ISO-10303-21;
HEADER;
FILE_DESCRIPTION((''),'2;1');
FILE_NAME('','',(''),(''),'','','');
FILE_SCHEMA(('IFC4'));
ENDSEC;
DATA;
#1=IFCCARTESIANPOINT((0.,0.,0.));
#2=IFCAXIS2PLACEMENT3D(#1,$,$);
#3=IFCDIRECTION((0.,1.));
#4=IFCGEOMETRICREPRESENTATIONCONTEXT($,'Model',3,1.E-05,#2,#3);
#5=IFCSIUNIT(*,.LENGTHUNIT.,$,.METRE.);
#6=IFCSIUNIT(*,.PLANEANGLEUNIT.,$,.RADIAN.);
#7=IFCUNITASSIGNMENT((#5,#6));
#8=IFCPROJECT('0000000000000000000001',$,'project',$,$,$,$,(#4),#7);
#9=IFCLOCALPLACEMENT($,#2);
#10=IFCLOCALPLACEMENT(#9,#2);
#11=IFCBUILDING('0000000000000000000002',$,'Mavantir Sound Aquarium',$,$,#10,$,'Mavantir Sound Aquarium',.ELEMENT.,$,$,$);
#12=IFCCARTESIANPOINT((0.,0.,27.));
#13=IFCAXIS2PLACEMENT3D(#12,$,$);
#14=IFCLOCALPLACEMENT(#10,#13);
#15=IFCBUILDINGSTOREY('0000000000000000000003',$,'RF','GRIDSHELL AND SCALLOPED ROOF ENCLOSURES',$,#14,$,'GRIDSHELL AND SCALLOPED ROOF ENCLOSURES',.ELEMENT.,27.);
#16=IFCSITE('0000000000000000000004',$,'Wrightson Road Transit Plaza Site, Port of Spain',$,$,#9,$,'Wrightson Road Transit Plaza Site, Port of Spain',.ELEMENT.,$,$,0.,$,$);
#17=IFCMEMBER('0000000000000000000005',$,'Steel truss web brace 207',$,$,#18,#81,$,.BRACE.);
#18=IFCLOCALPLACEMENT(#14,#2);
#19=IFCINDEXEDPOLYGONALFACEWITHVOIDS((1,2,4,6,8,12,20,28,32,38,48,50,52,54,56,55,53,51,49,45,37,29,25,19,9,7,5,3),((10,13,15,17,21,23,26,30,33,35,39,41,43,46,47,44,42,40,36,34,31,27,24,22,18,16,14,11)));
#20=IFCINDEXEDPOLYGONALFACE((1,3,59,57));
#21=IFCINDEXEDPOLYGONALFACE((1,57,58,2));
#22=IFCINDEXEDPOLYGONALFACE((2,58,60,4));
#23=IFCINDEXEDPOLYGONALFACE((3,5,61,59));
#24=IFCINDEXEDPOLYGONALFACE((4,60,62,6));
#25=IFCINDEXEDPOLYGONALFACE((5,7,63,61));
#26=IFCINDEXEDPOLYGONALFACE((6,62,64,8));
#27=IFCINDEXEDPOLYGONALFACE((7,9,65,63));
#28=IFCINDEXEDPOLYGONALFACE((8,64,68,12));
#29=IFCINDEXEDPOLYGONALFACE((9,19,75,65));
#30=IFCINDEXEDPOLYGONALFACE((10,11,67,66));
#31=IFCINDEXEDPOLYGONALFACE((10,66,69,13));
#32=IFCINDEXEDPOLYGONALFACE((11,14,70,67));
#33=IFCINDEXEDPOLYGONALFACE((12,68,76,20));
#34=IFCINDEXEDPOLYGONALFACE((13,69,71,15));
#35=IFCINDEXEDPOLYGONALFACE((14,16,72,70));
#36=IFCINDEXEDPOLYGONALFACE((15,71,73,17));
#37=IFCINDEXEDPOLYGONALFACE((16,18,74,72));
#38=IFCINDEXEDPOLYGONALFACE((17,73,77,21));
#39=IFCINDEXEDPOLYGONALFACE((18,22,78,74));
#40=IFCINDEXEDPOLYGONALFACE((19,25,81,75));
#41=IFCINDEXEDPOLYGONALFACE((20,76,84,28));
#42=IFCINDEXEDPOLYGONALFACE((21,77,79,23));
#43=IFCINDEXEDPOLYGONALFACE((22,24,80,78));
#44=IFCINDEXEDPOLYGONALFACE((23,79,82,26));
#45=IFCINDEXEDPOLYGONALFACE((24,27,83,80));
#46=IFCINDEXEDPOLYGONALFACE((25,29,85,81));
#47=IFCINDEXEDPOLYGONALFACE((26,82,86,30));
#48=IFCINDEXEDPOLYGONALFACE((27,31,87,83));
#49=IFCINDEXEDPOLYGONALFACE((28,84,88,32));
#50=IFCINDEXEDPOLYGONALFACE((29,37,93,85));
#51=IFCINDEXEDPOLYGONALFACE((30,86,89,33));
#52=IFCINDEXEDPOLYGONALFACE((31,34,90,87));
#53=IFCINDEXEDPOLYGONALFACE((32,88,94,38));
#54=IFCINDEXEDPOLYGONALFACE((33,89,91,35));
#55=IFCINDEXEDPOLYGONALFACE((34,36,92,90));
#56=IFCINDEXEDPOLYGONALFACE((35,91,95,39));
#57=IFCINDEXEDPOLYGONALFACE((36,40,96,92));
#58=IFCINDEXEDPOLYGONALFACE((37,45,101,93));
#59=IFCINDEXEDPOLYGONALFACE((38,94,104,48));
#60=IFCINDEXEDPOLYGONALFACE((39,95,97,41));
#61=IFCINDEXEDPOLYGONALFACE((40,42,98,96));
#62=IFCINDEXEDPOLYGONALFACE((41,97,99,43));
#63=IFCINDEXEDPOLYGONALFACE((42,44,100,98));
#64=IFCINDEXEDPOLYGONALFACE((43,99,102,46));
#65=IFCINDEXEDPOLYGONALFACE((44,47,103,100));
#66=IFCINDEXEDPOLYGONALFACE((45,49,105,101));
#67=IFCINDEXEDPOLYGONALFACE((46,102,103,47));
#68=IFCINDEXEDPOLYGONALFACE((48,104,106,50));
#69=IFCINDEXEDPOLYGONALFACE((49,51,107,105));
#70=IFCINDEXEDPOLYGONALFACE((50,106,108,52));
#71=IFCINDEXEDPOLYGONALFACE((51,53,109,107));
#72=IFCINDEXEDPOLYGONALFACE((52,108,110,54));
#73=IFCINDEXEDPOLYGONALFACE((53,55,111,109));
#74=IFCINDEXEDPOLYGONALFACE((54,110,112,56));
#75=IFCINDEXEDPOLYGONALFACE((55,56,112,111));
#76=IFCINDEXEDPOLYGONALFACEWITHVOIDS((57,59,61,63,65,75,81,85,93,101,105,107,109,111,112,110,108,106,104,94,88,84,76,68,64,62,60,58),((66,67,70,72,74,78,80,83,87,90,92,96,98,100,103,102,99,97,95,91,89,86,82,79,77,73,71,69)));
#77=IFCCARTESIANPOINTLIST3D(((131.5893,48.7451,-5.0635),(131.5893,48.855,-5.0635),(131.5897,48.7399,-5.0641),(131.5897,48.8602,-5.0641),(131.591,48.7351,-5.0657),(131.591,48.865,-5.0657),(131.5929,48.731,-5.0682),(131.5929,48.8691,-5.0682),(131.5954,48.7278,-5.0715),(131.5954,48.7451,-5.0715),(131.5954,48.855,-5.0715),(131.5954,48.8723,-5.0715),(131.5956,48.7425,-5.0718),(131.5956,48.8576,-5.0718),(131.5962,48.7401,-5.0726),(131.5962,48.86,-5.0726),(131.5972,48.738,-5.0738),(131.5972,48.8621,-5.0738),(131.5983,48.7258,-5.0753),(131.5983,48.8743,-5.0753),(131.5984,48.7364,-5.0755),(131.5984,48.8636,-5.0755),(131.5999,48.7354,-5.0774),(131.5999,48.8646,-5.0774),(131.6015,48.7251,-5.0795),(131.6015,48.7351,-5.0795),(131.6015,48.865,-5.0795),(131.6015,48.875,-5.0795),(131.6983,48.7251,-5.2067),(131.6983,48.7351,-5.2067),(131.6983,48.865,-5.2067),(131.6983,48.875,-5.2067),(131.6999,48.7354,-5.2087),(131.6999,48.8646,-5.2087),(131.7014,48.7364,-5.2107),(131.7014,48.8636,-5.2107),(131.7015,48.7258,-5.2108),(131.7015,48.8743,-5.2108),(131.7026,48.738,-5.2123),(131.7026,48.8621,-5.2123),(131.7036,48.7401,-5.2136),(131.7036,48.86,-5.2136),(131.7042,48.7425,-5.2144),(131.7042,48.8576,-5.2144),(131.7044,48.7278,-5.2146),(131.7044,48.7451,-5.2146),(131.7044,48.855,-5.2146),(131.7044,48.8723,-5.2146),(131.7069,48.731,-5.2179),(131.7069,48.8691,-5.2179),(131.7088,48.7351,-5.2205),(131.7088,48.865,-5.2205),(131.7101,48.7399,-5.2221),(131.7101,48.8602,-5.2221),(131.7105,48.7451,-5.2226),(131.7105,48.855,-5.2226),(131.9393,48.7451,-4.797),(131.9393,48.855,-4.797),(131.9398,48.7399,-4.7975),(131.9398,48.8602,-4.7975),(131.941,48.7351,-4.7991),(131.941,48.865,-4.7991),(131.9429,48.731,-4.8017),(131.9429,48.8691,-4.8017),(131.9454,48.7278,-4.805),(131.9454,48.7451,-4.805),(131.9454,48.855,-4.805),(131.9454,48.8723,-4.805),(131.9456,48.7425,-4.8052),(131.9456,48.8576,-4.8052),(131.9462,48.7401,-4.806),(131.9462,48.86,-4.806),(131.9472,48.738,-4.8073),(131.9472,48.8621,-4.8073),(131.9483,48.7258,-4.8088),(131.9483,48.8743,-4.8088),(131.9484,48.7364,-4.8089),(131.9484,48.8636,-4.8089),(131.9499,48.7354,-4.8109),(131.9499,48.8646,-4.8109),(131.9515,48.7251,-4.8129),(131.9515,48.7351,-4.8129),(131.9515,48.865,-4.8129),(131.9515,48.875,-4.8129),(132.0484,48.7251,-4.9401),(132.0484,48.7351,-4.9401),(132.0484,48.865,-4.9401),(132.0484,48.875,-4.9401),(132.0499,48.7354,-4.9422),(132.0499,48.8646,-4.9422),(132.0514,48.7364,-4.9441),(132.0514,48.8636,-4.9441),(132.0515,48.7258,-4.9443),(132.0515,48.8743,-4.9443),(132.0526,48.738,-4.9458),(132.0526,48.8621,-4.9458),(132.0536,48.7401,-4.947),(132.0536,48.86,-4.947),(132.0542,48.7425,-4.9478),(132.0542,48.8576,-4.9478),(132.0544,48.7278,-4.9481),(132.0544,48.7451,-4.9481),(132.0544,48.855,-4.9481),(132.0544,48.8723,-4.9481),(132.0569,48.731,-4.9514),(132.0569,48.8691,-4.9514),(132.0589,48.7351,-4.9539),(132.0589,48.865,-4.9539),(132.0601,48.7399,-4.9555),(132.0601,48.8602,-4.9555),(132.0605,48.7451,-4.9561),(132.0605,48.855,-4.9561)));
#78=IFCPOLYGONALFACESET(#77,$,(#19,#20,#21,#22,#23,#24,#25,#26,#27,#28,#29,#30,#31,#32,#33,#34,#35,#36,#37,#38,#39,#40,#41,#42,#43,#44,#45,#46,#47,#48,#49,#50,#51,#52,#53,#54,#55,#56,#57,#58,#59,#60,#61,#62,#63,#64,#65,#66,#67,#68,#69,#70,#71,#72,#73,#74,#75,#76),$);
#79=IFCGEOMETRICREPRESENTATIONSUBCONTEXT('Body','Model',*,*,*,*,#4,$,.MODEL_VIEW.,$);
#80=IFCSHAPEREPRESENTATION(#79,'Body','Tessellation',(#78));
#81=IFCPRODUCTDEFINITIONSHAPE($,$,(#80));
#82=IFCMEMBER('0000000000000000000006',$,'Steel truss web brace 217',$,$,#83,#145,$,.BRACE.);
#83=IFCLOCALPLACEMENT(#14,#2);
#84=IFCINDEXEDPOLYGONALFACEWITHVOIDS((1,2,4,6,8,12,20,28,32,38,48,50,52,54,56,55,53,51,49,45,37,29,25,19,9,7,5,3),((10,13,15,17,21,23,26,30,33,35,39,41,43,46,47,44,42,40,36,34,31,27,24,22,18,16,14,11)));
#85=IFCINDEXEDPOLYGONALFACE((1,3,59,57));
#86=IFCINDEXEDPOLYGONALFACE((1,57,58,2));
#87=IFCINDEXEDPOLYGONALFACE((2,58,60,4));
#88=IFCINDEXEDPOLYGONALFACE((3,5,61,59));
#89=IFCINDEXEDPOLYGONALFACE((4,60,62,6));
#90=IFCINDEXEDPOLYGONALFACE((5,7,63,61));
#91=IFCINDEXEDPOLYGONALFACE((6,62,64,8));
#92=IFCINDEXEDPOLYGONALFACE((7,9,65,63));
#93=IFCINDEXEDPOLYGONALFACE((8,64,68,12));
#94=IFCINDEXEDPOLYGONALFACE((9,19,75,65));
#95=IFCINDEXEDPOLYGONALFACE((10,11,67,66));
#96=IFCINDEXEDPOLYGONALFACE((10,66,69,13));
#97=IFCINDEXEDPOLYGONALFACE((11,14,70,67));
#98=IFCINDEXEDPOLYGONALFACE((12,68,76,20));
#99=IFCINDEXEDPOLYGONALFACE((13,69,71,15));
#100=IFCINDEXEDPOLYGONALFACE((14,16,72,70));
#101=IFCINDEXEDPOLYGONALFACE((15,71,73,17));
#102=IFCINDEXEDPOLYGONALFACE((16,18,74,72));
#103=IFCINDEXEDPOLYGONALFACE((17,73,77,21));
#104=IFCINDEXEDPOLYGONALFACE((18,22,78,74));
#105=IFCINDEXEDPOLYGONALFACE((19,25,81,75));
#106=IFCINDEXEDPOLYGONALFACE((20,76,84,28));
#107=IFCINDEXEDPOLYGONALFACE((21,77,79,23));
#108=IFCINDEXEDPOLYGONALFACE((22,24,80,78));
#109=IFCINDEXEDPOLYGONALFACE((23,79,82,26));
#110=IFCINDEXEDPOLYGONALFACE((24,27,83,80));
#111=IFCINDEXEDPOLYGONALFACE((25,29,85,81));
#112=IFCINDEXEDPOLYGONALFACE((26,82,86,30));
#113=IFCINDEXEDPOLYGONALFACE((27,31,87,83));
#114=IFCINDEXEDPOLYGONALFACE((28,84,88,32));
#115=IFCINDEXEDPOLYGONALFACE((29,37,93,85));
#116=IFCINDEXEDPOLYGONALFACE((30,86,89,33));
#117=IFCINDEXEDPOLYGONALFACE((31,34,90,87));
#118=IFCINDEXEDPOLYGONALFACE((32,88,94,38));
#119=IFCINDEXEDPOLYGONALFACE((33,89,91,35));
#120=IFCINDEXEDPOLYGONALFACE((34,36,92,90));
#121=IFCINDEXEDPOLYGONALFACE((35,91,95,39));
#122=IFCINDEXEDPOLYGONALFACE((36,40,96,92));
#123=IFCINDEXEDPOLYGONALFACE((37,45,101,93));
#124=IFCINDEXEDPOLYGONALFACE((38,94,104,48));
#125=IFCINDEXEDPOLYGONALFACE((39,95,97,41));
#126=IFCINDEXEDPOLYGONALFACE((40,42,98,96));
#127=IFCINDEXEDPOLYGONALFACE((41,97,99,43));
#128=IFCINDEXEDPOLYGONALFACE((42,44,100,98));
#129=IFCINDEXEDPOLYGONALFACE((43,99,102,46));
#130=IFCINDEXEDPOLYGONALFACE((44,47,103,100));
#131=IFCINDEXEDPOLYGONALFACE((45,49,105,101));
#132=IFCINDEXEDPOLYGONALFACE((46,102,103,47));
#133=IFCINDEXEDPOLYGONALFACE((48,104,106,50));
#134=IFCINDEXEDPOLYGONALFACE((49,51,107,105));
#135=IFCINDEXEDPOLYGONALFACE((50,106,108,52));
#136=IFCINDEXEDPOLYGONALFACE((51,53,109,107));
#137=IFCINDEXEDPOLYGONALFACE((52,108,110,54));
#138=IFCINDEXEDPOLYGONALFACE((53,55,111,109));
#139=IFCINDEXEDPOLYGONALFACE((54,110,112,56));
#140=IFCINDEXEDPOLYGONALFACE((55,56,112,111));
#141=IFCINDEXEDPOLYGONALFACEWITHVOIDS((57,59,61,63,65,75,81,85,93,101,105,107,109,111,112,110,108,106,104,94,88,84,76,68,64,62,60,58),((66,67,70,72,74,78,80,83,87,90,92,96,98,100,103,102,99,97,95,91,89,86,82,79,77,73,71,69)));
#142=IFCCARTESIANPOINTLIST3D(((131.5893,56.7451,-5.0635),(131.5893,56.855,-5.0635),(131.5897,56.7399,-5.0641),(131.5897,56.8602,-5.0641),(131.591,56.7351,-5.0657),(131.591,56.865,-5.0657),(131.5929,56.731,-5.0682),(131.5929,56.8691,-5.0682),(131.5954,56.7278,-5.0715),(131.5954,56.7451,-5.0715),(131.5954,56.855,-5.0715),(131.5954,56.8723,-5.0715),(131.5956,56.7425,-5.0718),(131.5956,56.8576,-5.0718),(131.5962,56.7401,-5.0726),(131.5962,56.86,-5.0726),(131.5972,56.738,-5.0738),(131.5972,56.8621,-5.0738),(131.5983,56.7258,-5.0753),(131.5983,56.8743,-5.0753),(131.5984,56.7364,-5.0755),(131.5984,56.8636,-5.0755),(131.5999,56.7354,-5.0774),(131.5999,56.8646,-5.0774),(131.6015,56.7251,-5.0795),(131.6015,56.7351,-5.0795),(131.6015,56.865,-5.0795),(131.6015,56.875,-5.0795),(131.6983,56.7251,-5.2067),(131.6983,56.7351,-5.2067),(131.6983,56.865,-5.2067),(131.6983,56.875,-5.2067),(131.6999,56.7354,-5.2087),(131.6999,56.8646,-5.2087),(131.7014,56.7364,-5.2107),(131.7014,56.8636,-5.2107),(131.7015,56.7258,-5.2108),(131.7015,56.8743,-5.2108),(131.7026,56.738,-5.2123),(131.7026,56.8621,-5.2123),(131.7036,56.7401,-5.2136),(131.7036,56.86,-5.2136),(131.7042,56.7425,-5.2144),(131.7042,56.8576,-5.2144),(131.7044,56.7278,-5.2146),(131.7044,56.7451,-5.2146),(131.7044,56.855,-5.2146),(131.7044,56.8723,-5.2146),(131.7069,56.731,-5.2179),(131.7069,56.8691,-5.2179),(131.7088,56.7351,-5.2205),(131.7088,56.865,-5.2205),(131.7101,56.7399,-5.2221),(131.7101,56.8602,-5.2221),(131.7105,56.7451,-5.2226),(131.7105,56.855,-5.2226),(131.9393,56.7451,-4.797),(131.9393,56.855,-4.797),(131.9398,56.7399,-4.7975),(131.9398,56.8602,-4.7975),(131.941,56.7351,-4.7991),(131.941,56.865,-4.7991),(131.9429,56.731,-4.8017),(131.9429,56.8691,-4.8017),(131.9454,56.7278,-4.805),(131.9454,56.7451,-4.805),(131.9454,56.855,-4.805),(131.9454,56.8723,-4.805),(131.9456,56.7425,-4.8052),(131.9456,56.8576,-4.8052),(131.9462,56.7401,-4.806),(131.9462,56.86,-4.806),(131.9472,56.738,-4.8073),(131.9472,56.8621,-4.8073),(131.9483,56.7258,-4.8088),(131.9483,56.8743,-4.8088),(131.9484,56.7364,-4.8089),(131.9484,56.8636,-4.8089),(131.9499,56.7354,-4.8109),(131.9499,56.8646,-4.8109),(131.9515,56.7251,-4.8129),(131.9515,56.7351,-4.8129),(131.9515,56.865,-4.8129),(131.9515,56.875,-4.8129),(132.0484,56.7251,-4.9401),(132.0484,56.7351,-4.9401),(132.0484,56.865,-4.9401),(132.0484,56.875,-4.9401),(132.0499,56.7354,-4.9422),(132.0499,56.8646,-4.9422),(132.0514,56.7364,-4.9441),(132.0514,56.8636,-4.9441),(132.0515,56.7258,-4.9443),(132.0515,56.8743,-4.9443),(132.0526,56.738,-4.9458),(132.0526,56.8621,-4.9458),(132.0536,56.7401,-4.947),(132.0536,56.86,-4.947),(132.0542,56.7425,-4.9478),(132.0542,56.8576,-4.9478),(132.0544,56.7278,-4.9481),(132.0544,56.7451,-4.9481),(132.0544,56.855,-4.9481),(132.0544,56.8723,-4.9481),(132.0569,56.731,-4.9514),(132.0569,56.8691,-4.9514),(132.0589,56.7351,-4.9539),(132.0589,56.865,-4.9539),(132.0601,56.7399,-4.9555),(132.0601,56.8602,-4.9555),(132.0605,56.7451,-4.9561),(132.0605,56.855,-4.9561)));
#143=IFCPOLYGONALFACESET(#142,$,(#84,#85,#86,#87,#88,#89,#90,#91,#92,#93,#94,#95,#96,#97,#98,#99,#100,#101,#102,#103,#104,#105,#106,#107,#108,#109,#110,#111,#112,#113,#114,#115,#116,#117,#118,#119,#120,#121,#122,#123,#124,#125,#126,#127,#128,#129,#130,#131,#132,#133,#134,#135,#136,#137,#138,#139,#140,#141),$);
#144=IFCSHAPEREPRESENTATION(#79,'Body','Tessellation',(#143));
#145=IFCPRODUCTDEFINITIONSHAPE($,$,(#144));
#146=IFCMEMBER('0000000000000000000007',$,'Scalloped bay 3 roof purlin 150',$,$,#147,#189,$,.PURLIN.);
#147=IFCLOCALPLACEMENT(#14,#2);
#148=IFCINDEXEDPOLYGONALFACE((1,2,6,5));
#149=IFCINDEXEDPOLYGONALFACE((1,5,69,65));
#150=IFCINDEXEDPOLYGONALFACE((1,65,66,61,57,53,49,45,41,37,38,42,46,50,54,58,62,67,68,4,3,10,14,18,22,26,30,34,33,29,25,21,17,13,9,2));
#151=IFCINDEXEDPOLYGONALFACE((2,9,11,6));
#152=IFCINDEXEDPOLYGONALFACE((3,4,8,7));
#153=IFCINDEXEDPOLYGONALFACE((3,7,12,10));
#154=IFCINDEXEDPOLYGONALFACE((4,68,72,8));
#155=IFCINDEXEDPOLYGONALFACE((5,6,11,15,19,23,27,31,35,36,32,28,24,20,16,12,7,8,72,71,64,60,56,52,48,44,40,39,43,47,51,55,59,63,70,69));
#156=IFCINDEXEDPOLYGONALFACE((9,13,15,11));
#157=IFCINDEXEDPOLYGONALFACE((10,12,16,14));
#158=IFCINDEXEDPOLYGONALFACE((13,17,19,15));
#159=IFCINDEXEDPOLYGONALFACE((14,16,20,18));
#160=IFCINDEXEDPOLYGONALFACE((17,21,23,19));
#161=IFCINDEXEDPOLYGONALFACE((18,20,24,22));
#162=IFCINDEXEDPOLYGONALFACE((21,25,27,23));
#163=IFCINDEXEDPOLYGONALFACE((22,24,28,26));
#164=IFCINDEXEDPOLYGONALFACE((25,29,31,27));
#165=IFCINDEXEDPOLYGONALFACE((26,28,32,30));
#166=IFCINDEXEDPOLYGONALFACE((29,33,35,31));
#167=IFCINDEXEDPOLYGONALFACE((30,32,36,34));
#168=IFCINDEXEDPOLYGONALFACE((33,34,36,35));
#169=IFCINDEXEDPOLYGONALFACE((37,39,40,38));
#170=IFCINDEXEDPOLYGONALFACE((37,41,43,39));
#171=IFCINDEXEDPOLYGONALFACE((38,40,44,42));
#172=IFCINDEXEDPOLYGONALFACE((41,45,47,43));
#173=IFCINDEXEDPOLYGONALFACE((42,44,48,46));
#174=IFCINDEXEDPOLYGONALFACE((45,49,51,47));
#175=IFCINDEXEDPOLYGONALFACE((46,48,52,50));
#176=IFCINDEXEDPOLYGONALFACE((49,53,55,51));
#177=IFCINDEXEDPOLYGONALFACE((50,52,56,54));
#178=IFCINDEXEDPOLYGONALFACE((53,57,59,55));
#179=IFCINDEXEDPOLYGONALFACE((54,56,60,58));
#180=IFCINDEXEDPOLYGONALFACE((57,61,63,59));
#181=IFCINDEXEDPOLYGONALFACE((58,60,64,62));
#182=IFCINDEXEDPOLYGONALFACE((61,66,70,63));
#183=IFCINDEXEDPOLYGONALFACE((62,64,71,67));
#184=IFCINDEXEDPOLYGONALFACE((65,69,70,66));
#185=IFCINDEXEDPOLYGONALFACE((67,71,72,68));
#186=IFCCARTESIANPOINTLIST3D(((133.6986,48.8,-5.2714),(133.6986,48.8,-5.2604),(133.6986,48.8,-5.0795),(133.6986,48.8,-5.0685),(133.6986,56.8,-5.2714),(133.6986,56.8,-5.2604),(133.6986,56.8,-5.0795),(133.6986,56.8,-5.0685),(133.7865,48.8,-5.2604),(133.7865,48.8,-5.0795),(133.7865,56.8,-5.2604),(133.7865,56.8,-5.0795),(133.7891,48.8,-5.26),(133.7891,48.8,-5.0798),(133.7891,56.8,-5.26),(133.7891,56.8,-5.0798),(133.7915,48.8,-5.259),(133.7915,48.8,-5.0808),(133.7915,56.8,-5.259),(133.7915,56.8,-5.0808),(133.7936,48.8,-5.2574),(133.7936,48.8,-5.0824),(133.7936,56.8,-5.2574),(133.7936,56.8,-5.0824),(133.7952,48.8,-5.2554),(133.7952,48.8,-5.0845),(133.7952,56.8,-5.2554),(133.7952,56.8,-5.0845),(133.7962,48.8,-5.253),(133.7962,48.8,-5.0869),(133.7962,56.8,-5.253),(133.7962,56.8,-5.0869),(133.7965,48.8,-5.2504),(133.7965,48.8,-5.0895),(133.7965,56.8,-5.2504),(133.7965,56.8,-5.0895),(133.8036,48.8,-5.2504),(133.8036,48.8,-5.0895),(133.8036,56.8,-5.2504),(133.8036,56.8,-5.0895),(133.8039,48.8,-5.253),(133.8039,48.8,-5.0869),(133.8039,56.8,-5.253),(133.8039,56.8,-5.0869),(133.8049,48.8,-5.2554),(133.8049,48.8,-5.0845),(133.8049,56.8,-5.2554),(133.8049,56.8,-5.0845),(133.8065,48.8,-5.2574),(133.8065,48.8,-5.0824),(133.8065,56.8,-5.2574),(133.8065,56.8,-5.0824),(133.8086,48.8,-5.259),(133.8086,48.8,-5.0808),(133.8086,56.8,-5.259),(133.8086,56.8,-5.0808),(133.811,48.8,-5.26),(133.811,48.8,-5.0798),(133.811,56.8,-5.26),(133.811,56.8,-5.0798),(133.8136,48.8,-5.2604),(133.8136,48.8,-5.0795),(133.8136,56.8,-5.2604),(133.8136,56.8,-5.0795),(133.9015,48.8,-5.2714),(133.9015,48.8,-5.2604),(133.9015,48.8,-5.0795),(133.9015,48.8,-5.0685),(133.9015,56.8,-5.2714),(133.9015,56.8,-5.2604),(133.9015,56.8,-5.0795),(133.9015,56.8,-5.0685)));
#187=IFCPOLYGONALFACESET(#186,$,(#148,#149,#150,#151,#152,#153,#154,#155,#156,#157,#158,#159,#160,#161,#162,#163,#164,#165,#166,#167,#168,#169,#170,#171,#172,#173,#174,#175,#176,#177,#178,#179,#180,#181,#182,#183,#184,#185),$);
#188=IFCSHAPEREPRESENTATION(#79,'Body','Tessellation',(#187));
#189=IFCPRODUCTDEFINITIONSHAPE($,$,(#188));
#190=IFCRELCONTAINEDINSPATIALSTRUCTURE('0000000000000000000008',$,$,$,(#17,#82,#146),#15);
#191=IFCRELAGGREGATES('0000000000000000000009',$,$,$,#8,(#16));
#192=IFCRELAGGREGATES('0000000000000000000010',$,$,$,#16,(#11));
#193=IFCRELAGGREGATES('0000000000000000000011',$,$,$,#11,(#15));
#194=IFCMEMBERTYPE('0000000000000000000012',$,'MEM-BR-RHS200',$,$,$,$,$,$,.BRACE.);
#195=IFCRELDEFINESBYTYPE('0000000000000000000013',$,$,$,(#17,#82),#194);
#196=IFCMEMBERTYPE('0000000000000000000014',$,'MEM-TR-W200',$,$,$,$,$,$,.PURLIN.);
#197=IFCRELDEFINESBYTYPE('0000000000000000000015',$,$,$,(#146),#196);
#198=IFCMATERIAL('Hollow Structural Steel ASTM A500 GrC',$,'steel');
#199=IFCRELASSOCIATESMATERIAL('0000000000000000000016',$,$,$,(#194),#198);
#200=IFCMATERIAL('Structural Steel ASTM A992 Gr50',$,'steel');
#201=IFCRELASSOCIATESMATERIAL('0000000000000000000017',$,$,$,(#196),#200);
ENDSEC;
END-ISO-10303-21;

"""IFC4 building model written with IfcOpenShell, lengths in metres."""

from ifc_helpers import new_model, si_unit, direction, frame, origin, origin_2d, place, context, subcontext, project, spatial, hollow_rectangle, i_section, extrude, material, material_profile, profile_set, type_object, element, save


model = new_model("IFC4")

# Units and contexts
model_context = context("Model", 3, precision=1e-05, world=origin(), true_north=direction((0.0, 1.0)))
body_context = subcontext(model_context, "Body", "Model", "MODEL_VIEW")
ifc_project = project(units=[si_unit("LENGTHUNIT", "METRE"), si_unit("PLANEANGLEUNIT", "RADIAN")], contexts=[model_context])

# Site, building, storey
site_placement = place(None, origin())
site = spatial("IfcSite", under=ifc_project, at=site_placement, Name="Wrightson Road Transit Plaza Site, Port of Spain", LongName="Wrightson Road Transit Plaza Site, Port of Spain", CompositionType="ELEMENT", RefElevation=0.0)
building_placement = place(site_placement, origin())
building = spatial("IfcBuilding", under=site, at=building_placement, Name="Mavantir Sound Aquarium", LongName="Mavantir Sound Aquarium", CompositionType="ELEMENT")
storey_placement = place(building_placement, frame((0.0, 0.0, 27.0)))
storey = spatial("IfcBuildingStorey", under=building, at=storey_placement, Name="RF", Description="GRIDSHELL AND SCALLOPED ROOF ENCLOSURES", LongName="GRIDSHELL AND SCALLOPED ROOF ENCLOSURES", CompositionType="ELEMENT", Elevation=27.0)

# Members
ifc_material_1 = material(Name="Hollow Structural Steel ASTM A500 GrC", Category="steel")
ifc_material_profile_1 = material_profile(ifc_material_1, hollow_rectangle(XDim=0.1499, YDim=0.2, WallThickness=0.01, InnerFilletRadius=0.01, OuterFilletRadius=0.02, at=origin_2d()), Name="RHS 200X150X10")
ifc_profile_set_1 = profile_set([ifc_material_profile_1], Name="Hollow Structural Steel ASTM A500 GrC")
member_type_1 = type_object("IfcMemberType", Name="MEM-BR-RHS200", PredefinedType="BRACE", material=ifc_profile_set_1)
for number, where, z_axis, x_axis, name in (
    (1, (131.6499, 48.8, -5.1431), (0.795585, 0.0, 0.605843), (0.0, 1.0, 0.0), "Steel truss web brace 207"),
    (2, (131.6499, 56.8, -5.1431), (0.795585, 0.0, 0.605843), (0.0, 1.0, 0.0), "Steel truss web brace 217"),
):
    element("IfcMember", number, at=place(storey_placement, frame(where, z_axis=z_axis, x_axis=x_axis)), inside=storey, type_object=member_type_1, Name=name, PredefinedType="BRACE", context=body_context, shape_type="SweptSolid", body=[
        extrude(hollow_rectangle(XDim=0.1499, YDim=0.2, WallThickness=0.01, InnerFilletRadius=0.01, OuterFilletRadius=0.02, at=origin_2d()), origin(), (0.0, 0.0, 1.0), 0.4399),
    ])
ifc_material_2 = material(Name="Structural Steel ASTM A992 Gr50", Category="steel")
ifc_material_profile_2 = material_profile(ifc_material_2, i_section(OverallWidth=0.2029, OverallDepth=0.2029, WebThickness=0.0071, FlangeThickness=0.011, FilletRadius=0.01, at=origin_2d()), Name="W200X46")
ifc_profile_set_2 = profile_set([ifc_material_profile_2], Name="Structural Steel ASTM A992 Gr50")
member_type_2 = type_object("IfcMemberType", Name="MEM-TR-W200", PredefinedType="PURLIN", material=ifc_profile_set_2)
member_1_placement = place(storey_placement, frame((133.8, 48.8, -5.1699), z_axis=(0.0, 1.0, 0.0), x_axis=(-1.0, 0.0, 0.0)))
element("IfcMember", 3, at=member_1_placement, inside=storey, type_object=member_type_2, Name="Scalloped bay 3 roof purlin 150", PredefinedType="PURLIN", context=body_context, shape_type="SweptSolid", body=[
    extrude(i_section(OverallWidth=0.2029, OverallDepth=0.2029, WebThickness=0.0071, FlangeThickness=0.011, FilletRadius=0.01, at=origin_2d()), origin(), (0.0, 0.0, 1.0), 8.0),
])

save(model, "model.ifc")
